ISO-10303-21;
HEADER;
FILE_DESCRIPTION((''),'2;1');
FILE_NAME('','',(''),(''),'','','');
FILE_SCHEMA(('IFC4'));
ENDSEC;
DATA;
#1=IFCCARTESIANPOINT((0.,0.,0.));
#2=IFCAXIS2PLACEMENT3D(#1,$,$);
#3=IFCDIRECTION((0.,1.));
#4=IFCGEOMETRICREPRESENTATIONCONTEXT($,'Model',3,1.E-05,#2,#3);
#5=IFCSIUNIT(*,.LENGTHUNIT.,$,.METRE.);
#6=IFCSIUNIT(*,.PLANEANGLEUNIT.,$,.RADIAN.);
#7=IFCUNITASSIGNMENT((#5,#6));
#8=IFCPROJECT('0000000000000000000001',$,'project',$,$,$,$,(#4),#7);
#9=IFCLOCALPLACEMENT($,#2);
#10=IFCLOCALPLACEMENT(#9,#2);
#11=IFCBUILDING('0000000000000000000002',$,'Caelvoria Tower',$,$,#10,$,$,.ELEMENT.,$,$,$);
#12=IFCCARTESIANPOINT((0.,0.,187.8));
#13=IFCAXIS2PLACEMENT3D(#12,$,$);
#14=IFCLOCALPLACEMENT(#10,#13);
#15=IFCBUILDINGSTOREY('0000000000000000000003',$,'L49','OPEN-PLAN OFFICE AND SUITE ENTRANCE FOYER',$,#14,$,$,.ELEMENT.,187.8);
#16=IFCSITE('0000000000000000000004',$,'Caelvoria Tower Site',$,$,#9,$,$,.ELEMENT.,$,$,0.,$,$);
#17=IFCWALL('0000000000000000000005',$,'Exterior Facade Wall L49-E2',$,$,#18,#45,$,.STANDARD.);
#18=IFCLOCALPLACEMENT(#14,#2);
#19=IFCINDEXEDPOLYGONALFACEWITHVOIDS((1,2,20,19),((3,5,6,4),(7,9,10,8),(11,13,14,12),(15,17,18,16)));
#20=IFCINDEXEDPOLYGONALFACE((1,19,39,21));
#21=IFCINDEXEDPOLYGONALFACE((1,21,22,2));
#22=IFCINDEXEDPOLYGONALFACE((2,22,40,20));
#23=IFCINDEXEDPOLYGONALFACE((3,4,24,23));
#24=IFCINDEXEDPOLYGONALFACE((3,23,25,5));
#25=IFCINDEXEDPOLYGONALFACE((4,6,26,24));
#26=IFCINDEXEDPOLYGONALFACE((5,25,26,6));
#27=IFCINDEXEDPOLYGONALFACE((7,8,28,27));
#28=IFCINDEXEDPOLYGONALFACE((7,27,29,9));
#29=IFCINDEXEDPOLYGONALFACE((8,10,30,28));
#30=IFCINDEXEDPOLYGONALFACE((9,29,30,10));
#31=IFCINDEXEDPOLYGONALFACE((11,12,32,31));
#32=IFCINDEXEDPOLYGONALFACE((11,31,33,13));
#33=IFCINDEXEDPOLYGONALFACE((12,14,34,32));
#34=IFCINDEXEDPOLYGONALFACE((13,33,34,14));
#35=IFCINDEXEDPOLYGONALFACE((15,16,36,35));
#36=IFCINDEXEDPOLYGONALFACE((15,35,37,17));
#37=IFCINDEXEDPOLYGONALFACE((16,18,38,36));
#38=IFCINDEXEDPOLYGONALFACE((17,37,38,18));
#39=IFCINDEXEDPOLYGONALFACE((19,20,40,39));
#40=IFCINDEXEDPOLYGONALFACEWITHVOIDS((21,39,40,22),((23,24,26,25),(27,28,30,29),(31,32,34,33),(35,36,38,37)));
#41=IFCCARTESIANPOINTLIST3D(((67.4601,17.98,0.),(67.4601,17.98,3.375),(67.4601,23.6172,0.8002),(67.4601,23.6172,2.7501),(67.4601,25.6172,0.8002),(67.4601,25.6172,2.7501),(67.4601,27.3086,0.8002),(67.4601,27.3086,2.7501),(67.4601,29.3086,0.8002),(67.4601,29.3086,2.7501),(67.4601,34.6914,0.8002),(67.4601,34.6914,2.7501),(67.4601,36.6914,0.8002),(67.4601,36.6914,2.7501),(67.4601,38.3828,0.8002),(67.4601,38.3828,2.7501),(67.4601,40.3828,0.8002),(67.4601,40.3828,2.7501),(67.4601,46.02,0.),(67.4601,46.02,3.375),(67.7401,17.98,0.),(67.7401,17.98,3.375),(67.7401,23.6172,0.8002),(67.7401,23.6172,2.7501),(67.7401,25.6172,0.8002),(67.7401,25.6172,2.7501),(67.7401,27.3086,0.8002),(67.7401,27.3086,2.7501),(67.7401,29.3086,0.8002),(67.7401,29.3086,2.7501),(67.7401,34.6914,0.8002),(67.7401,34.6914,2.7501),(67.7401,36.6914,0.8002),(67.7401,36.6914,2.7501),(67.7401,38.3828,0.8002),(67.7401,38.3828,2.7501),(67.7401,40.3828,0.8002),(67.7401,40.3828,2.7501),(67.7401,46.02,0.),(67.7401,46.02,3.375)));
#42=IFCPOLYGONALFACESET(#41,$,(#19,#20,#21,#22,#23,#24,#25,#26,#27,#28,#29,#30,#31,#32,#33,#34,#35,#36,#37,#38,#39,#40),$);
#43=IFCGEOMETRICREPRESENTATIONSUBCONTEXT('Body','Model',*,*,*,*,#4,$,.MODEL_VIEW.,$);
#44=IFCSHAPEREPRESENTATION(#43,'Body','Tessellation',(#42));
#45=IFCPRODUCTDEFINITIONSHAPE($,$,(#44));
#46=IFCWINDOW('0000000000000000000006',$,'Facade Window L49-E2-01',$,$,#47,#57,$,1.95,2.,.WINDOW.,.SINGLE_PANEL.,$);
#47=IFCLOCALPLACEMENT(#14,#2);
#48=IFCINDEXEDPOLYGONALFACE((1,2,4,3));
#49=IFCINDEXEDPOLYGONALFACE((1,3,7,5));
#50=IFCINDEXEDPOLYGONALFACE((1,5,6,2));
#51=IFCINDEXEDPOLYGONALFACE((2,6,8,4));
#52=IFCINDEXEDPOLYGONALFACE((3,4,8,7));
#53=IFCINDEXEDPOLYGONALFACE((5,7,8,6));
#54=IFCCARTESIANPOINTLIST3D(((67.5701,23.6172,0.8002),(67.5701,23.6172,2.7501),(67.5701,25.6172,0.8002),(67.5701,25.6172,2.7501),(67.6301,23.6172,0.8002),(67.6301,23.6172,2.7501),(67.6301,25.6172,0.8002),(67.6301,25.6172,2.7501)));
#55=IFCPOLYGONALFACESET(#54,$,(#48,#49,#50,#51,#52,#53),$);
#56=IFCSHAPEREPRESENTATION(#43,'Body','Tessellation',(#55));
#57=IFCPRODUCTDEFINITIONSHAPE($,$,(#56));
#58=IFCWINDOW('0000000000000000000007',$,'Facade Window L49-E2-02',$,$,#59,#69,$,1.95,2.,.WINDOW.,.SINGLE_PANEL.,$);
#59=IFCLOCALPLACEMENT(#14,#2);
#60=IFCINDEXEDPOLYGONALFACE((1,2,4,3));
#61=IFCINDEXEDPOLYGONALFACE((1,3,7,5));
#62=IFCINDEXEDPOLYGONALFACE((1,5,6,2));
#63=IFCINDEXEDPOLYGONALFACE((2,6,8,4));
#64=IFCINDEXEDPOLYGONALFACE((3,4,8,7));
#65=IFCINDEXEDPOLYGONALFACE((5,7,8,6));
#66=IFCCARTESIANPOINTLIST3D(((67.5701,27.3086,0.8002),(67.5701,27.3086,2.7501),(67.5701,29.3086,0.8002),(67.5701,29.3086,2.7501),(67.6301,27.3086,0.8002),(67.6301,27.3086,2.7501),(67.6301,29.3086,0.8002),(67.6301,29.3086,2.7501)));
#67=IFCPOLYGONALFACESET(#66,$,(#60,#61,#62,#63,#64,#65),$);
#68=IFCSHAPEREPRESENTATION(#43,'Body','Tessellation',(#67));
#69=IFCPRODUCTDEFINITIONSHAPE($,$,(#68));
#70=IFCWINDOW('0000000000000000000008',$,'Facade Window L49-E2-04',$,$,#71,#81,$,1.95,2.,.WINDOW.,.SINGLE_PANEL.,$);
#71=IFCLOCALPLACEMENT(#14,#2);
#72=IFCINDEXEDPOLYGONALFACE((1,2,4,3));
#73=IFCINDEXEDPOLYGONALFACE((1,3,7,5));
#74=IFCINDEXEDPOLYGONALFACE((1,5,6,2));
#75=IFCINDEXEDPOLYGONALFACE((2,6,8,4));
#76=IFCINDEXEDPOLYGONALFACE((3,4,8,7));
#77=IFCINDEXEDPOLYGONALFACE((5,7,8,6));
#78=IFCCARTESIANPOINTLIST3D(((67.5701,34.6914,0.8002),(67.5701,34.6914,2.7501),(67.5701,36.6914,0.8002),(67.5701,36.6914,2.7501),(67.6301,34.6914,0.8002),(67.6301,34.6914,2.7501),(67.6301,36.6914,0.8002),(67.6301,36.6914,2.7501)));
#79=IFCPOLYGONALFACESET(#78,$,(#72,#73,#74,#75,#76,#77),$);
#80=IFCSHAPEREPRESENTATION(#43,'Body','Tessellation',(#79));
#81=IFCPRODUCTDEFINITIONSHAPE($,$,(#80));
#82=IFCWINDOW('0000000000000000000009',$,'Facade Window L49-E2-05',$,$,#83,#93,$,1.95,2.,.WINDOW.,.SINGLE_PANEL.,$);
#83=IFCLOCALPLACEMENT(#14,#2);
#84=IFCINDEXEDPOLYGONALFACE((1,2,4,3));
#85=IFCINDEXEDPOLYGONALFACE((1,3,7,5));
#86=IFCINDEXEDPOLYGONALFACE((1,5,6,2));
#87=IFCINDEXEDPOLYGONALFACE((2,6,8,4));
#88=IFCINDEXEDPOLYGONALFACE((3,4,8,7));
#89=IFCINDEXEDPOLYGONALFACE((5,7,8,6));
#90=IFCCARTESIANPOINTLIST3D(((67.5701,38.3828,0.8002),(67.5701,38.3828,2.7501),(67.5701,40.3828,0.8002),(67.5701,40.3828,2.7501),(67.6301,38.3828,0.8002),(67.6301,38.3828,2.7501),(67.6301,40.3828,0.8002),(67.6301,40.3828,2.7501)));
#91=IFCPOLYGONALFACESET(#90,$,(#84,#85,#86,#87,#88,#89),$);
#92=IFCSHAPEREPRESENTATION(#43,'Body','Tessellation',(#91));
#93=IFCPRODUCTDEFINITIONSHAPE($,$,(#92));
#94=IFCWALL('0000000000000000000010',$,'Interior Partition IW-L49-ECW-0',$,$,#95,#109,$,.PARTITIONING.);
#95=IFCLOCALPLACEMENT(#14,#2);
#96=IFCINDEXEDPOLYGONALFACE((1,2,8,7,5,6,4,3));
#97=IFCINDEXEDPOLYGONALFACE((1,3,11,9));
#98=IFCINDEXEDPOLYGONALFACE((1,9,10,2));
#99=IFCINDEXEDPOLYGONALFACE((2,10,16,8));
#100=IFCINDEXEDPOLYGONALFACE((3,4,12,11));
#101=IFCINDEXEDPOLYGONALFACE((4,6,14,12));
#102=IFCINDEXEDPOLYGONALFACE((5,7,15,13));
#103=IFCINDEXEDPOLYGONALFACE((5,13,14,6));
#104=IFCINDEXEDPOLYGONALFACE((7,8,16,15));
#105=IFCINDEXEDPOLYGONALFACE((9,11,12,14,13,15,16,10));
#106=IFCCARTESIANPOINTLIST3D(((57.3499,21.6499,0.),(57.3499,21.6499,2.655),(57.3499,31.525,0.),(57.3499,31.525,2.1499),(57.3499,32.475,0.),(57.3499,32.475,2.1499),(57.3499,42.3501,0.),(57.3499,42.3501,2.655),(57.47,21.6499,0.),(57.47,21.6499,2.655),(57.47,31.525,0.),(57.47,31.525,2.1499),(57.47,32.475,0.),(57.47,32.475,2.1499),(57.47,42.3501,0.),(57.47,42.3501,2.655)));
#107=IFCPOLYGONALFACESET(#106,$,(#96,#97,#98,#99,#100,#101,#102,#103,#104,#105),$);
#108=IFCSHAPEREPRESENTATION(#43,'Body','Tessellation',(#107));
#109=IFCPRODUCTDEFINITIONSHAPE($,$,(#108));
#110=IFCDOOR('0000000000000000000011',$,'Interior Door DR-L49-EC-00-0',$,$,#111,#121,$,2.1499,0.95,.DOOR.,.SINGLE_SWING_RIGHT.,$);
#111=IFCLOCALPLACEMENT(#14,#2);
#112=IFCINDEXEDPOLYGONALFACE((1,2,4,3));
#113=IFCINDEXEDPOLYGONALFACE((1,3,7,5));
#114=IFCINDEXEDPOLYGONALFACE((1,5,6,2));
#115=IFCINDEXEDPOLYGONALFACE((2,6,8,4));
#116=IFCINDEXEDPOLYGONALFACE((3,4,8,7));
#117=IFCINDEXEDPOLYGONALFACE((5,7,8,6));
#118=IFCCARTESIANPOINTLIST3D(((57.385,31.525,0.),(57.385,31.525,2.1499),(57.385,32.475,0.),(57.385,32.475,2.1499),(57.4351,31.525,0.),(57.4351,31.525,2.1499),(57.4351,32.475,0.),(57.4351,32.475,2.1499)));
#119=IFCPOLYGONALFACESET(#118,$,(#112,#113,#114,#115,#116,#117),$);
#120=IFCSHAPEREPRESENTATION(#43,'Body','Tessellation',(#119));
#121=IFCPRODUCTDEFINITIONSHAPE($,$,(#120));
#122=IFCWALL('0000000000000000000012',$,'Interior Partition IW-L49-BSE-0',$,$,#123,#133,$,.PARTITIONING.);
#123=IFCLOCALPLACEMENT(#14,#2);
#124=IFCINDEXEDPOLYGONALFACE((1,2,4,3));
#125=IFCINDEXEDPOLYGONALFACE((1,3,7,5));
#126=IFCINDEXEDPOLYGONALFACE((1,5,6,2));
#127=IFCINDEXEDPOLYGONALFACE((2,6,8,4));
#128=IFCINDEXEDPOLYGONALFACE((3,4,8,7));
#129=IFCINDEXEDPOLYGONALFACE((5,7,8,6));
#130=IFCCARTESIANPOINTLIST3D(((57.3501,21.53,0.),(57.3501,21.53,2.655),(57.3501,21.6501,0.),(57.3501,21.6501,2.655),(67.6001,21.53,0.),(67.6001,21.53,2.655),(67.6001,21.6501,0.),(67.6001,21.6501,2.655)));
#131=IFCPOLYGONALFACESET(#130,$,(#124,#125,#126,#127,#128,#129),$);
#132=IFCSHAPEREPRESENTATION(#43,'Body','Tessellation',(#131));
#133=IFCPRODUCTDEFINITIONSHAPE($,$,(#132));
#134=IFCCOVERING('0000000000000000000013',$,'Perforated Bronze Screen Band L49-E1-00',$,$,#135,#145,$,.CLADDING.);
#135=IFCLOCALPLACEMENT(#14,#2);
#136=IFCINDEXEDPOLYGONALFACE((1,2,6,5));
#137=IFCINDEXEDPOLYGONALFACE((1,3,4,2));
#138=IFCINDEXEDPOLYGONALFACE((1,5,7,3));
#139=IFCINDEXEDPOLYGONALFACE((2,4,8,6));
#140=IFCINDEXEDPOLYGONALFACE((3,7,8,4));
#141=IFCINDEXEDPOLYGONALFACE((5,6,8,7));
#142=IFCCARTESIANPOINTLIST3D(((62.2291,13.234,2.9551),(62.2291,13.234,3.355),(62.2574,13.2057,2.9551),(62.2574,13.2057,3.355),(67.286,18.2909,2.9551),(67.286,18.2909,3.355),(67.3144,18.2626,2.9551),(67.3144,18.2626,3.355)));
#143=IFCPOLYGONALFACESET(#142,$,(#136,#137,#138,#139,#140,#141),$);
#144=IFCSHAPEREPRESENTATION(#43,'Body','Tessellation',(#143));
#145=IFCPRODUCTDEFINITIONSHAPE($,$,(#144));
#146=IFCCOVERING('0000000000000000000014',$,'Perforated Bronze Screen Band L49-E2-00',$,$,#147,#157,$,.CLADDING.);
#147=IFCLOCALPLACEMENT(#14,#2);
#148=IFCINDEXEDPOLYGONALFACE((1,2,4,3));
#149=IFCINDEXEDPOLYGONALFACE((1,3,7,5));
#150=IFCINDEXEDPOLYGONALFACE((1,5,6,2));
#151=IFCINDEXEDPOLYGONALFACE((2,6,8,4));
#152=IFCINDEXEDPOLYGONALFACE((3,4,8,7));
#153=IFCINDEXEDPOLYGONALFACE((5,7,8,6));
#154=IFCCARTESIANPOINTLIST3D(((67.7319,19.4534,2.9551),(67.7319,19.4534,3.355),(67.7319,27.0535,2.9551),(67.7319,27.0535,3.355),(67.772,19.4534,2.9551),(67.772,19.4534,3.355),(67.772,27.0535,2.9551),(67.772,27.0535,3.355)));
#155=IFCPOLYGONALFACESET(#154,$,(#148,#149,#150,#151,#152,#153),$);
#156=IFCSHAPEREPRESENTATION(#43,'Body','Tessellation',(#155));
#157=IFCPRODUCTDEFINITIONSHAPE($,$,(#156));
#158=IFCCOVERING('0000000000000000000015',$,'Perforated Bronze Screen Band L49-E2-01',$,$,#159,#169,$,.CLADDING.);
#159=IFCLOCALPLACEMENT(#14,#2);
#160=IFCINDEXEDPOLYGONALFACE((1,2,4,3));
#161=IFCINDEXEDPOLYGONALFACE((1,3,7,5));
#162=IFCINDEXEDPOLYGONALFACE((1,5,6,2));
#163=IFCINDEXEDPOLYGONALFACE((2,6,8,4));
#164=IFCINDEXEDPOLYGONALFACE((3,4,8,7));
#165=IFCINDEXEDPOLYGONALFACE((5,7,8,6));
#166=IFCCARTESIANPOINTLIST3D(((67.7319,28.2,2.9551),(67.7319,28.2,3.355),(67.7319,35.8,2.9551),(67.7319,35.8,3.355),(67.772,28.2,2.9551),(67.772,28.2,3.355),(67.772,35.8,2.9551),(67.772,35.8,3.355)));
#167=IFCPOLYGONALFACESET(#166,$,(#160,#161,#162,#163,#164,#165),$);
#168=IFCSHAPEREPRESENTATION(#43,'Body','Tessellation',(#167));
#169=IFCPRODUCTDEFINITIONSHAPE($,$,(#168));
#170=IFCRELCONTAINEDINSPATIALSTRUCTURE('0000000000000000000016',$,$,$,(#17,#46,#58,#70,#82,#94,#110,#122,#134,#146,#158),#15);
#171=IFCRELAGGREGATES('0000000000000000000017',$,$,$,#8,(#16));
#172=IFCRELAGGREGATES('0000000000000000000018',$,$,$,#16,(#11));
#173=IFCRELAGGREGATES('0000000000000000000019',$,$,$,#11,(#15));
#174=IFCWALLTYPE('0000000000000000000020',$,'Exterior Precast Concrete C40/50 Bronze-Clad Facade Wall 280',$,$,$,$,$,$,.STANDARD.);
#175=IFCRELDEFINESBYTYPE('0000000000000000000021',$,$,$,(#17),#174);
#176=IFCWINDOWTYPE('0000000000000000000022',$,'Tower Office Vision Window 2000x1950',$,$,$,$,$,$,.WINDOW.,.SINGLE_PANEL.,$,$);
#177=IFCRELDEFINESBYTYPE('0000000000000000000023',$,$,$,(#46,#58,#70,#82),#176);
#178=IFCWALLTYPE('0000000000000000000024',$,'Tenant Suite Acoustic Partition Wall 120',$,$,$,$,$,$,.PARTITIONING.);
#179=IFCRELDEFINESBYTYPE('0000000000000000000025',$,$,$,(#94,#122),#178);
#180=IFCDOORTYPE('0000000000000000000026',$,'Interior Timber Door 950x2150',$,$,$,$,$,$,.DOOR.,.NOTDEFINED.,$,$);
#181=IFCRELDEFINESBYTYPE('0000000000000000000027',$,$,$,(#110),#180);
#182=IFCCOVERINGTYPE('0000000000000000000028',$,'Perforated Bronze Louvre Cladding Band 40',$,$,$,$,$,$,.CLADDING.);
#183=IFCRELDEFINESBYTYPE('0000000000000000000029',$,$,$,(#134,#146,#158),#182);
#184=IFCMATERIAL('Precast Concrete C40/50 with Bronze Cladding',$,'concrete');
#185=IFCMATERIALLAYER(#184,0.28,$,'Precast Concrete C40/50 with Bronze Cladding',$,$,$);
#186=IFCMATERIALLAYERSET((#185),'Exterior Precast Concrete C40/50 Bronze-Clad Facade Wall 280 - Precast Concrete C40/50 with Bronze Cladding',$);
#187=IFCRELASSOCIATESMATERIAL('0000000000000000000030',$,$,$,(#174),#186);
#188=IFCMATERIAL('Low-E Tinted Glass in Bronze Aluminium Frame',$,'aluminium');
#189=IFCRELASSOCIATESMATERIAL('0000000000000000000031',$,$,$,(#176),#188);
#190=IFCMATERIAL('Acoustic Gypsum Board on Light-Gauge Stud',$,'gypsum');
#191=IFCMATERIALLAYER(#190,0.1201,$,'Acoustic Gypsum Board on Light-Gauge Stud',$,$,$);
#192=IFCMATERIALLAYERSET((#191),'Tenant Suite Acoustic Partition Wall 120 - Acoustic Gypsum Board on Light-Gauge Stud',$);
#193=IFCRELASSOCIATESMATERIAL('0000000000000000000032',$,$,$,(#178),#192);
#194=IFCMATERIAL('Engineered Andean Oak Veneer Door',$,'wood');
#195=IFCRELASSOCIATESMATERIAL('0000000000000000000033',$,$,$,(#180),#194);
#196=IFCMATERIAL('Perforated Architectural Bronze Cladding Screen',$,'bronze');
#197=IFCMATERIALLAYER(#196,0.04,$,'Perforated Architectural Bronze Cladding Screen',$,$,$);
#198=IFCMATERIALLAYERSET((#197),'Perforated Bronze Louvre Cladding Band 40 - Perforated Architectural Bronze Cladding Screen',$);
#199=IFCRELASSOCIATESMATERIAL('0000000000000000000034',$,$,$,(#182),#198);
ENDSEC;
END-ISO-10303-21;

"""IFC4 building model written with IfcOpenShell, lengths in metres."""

from ifc_helpers import new_model, si_unit, direction, frame, frame_2d, origin, origin_2d, place, context, subcontext, project, spatial, rectangle, extrude, material, layer, layer_set, type_object, element, fill, save


model = new_model("IFC4")

# Units and contexts
model_context = context("Model", 3, precision=1e-05, world=origin(), true_north=direction((0.0, 1.0)))
body_context = subcontext(model_context, "Body", "Model", "MODEL_VIEW")
ifc_project = project(units=[si_unit("LENGTHUNIT", "METRE"), si_unit("PLANEANGLEUNIT", "RADIAN")], contexts=[model_context])

# Site, building, storey
site_placement = place(None, origin())
site = spatial("IfcSite", under=ifc_project, at=site_placement, Name="Caelvoria Tower Site", CompositionType="ELEMENT", RefElevation=0.0)
building_placement = place(site_placement, origin())
building = spatial("IfcBuilding", under=site, at=building_placement, Name="Caelvoria Tower", CompositionType="ELEMENT")
storey_placement = place(building_placement, frame((0.0, 0.0, 187.8)))
storey = spatial("IfcBuildingStorey", under=building, at=storey_placement, Name="L49", Description="OPEN-PLAN OFFICE AND SUITE ENTRANCE FOYER", CompositionType="ELEMENT", Elevation=187.8)

# Shared definitions
ifc_material_1 = material(Name="Precast Concrete C40/50 with Bronze Cladding", Category="concrete")
ifc_layer_1 = layer(ifc_material_1, 0.28, Name="Precast Concrete C40/50 with Bronze Cladding")
ifc_layer_set_1 = layer_set([ifc_layer_1], Name="Exterior Precast Concrete C40/50 Bronze-Clad Facade Wall 280 - Precast Concrete C40/50 with Bronze Cladding")
wall_type_1 = type_object("IfcWallType", Name="Exterior Precast Concrete C40/50 Bronze-Clad Facade Wall 280", PredefinedType="STANDARD", material=ifc_layer_set_1)

# Wall, openings, windows
wall_1_placement = place(storey_placement, frame((67.6001, 17.98, 0.0), z_axis=(0.0, 0.0, 1.0), x_axis=(0.0, 1.0, 0.0)))
wall_1 = element("IfcWall", 1, at=wall_1_placement, inside=storey, type_object=wall_type_1, Name="Exterior Facade Wall L49-E2", PredefinedType="STANDARD", context=body_context, shape_type="SweptSolid", body=[
    extrude(rectangle(XDim=28.04, YDim=0.28, at=frame_2d((14.02, 0.0))), origin(), (0.0, 0.0, 1.0), 3.375),
])
opening_1_placement = place(wall_1_placement, frame((5.6372, 0.0, 0.8)))
opening_1 = element("IfcOpeningElement", 2, at=opening_1_placement, cuts=wall_1, PredefinedType="OPENING", context=body_context, shape_type="SweptSolid", body=[
    extrude(rectangle(XDim=2.0, YDim=1.95, at=frame_2d((1.0, 0.9751))), frame((0.0, 0.1499, 0.0), z_axis=(0.0, -1.0, 0.0), x_axis=(1.0, 0.0, 0.0)), (0.0, 0.0, 1.0), 0.3),
])
opening_2_placement = place(wall_1_placement, frame((9.3286, 0.0, 0.8)))
opening_2 = element("IfcOpeningElement", 3, at=opening_2_placement, cuts=wall_1, PredefinedType="OPENING", context=body_context, shape_type="SweptSolid", body=[
    extrude(rectangle(XDim=2.0, YDim=1.95, at=frame_2d((1.0, 0.9751))), frame((0.0, 0.1499, 0.0), z_axis=(0.0, -1.0, 0.0), x_axis=(1.0, 0.0, 0.0)), (0.0, 0.0, 1.0), 0.3),
])
opening_3_placement = place(wall_1_placement, frame((16.7114, 0.0, 0.8)))
opening_3 = element("IfcOpeningElement", 4, at=opening_3_placement, cuts=wall_1, PredefinedType="OPENING", context=body_context, shape_type="SweptSolid", body=[
    extrude(rectangle(XDim=2.0, YDim=1.95, at=frame_2d((1.0, 0.9751))), frame((0.0, 0.1499, 0.0), z_axis=(0.0, -1.0, 0.0), x_axis=(1.0, 0.0, 0.0)), (0.0, 0.0, 1.0), 0.3),
])
opening_4_placement = place(wall_1_placement, frame((20.4028, 0.0, 0.8)))
opening_4 = element("IfcOpeningElement", 5, at=opening_4_placement, cuts=wall_1, PredefinedType="OPENING", context=body_context, shape_type="SweptSolid", body=[
    extrude(rectangle(XDim=2.0, YDim=1.95, at=frame_2d((1.0, 0.9751))), frame((0.0, 0.1499, 0.0), z_axis=(0.0, -1.0, 0.0), x_axis=(1.0, 0.0, 0.0)), (0.0, 0.0, 1.0), 0.3),
])
ifc_material_2 = material(Name="Low-E Tinted Glass in Bronze Aluminium Frame", Category="aluminium")
window_type = type_object("IfcWindowType", Name="Tower Office Vision Window 2000x1950", PartitioningType="SINGLE_PANEL", PredefinedType="WINDOW", material=ifc_material_2)
window_1_placement = place(opening_1_placement, origin())
window_1 = element("IfcWindow", 6, at=window_1_placement, inside=storey, type_object=window_type, Name="Facade Window L49-E2-01", OverallHeight=1.95, OverallWidth=2.0, PartitioningType="SINGLE_PANEL", PredefinedType="WINDOW", context=body_context, shape_type="SweptSolid", body=[
    extrude(rectangle(XDim=2.0, YDim=1.95, at=frame_2d((1.0, 0.9751))), frame((0.0, 0.03, 0.0), z_axis=(0.0, -1.0, 0.0), x_axis=(1.0, 0.0, 0.0)), (0.0, 0.0, 1.0), 0.0601),
])
fill(opening_1, window_1)
window_2_placement = place(opening_2_placement, origin())
window_2 = element("IfcWindow", 7, at=window_2_placement, inside=storey, type_object=window_type, Name="Facade Window L49-E2-02", OverallHeight=1.95, OverallWidth=2.0, PartitioningType="SINGLE_PANEL", PredefinedType="WINDOW", context=body_context, shape_type="SweptSolid", body=[
    extrude(rectangle(XDim=2.0, YDim=1.95, at=frame_2d((1.0, 0.9751))), frame((0.0, 0.03, 0.0), z_axis=(0.0, -1.0, 0.0), x_axis=(1.0, 0.0, 0.0)), (0.0, 0.0, 1.0), 0.0601),
])
fill(opening_2, window_2)
window_3_placement = place(opening_3_placement, origin())
window_3 = element("IfcWindow", 8, at=window_3_placement, inside=storey, type_object=window_type, Name="Facade Window L49-E2-04", OverallHeight=1.95, OverallWidth=2.0, PartitioningType="SINGLE_PANEL", PredefinedType="WINDOW", context=body_context, shape_type="SweptSolid", body=[
    extrude(rectangle(XDim=2.0, YDim=1.95, at=frame_2d((1.0, 0.9751))), frame((0.0, 0.03, 0.0), z_axis=(0.0, -1.0, 0.0), x_axis=(1.0, 0.0, 0.0)), (0.0, 0.0, 1.0), 0.0601),
])
fill(opening_3, window_3)
window_4_placement = place(opening_4_placement, origin())
window_4 = element("IfcWindow", 9, at=window_4_placement, inside=storey, type_object=window_type, Name="Facade Window L49-E2-05", OverallHeight=1.95, OverallWidth=2.0, PartitioningType="SINGLE_PANEL", PredefinedType="WINDOW", context=body_context, shape_type="SweptSolid", body=[
    extrude(rectangle(XDim=2.0, YDim=1.95, at=frame_2d((1.0, 0.9751))), frame((0.0, 0.03, 0.0), z_axis=(0.0, -1.0, 0.0), x_axis=(1.0, 0.0, 0.0)), (0.0, 0.0, 1.0), 0.0601),
])
fill(opening_4, window_4)

# Wall, opening, door
ifc_material_3 = material(Name="Acoustic Gypsum Board on Light-Gauge Stud", Category="gypsum")
ifc_layer_2 = layer(ifc_material_3, 0.1201, Name="Acoustic Gypsum Board on Light-Gauge Stud")
ifc_layer_set_2 = layer_set([ifc_layer_2], Name="Tenant Suite Acoustic Partition Wall 120 - Acoustic Gypsum Board on Light-Gauge Stud")
wall_type_2 = type_object("IfcWallType", Name="Tenant Suite Acoustic Partition Wall 120", PredefinedType="PARTITIONING", material=ifc_layer_set_2)
wall_2_placement = place(storey_placement, frame((57.4099, 21.6499, 0.0), z_axis=(0.0, 0.0, 1.0), x_axis=(0.0, 1.0, 0.0)))
wall_2 = element("IfcWall", 10, at=wall_2_placement, inside=storey, type_object=wall_type_2, Name="Interior Partition IW-L49-ECW-0", PredefinedType="PARTITIONING", context=body_context, shape_type="SweptSolid", body=[
    extrude(rectangle(XDim=20.7002, YDim=0.1201, at=frame_2d((10.3501, 0.0))), origin(), (0.0, 0.0, 1.0), 2.655),
])
opening_5_placement = place(wall_2_placement, frame((9.875, 0.0, 0.0)))
opening_5 = element("IfcOpeningElement", 11, at=opening_5_placement, cuts=wall_2, PredefinedType="OPENING", context=body_context, shape_type="SweptSolid", body=[
    extrude(rectangle(XDim=0.95, YDim=2.1499, at=frame_2d((0.4751, 1.075))), frame((0.0, 0.0701, 0.0), z_axis=(0.0, -1.0, 0.0), x_axis=(1.0, 0.0, 0.0)), (0.0, 0.0, 1.0), 0.1401),
])
ifc_material_4 = material(Name="Engineered Andean Oak Veneer Door", Category="wood")
door_type = type_object("IfcDoorType", Name="Interior Timber Door 950x2150", OperationType="NOTDEFINED", PredefinedType="DOOR", material=ifc_material_4)
door_placement = place(opening_5_placement, origin())
door = element("IfcDoor", 12, at=door_placement, inside=storey, type_object=door_type, Name="Interior Door DR-L49-EC-00-0", OperationType="SINGLE_SWING_RIGHT", OverallHeight=2.1499, OverallWidth=0.95, PredefinedType="DOOR", context=body_context, shape_type="SweptSolid", body=[
    extrude(rectangle(XDim=0.95, YDim=2.1499, at=frame_2d((0.4751, 1.075))), frame((0.0, 0.0249, 0.0), z_axis=(0.0, -1.0, 0.0), x_axis=(1.0, 0.0, 0.0)), (0.0, 0.0, 1.0), 0.05),
])
fill(opening_5, door)

# Wall
wall_3_placement = place(storey_placement, frame((57.3501, 21.5901, 0.0), z_axis=(0.0, 0.0, 1.0), x_axis=(1.0, 0.0, 0.0)))
element("IfcWall", 13, at=wall_3_placement, inside=storey, type_object=wall_type_2, Name="Interior Partition IW-L49-BSE-0", PredefinedType="PARTITIONING", context=body_context, shape_type="SweptSolid", body=[
    extrude(rectangle(XDim=10.25, YDim=0.1201, at=frame_2d((5.125, 0.0))), origin(), (0.0, 0.0, 1.0), 2.655),
])

# Coverings
ifc_material_5 = material(Name="Perforated Architectural Bronze Cladding Screen", Category="bronze")
ifc_layer_3 = layer(ifc_material_5, 0.04, Name="Perforated Architectural Bronze Cladding Screen")
ifc_layer_set_3 = layer_set([ifc_layer_3], Name="Perforated Bronze Louvre Cladding Band 40 - Perforated Architectural Bronze Cladding Screen")
covering_type = type_object("IfcCoveringType", Name="Perforated Bronze Louvre Cladding Band 40", PredefinedType="CLADDING", material=ifc_layer_set_3)
covering_placement = place(storey_placement, frame((64.7717, 15.7483, 2.9551), z_axis=(0.0, 0.0, 1.0), x_axis=(0.707107, 0.707107, 0.0)))
element("IfcCovering", 14, at=covering_placement, inside=storey, type_object=covering_type, Name="Perforated Bronze Screen Band L49-E1-00", PredefinedType="CLADDING", context=body_context, shape_type="SweptSolid", body=[
    extrude(rectangle(XDim=7.1516, YDim=0.04, at=origin_2d()), origin(), (0.0, 0.0, 1.0), 0.3999),
])
for number, where, z_axis, x_axis, name in (
    (15, (67.752, 23.2534, 2.9551), (0.0, 0.0, 1.0), (0.0, 1.0, 0.0), "Perforated Bronze Screen Band L49-E2-00"),
    (16, (67.752, 32.0, 2.9551), (0.0, 0.0, 1.0), (0.0, 1.0, 0.0), "Perforated Bronze Screen Band L49-E2-01"),
):
    element("IfcCovering", number, at=place(storey_placement, frame(where, z_axis=z_axis, x_axis=x_axis)), inside=storey, type_object=covering_type, Name=name, PredefinedType="CLADDING", context=body_context, shape_type="SweptSolid", body=[
        extrude(rectangle(XDim=7.6001, YDim=0.04, at=origin_2d()), origin(), (0.0, 0.0, 1.0), 0.3999),
    ])

save(model, "model.ifc")
